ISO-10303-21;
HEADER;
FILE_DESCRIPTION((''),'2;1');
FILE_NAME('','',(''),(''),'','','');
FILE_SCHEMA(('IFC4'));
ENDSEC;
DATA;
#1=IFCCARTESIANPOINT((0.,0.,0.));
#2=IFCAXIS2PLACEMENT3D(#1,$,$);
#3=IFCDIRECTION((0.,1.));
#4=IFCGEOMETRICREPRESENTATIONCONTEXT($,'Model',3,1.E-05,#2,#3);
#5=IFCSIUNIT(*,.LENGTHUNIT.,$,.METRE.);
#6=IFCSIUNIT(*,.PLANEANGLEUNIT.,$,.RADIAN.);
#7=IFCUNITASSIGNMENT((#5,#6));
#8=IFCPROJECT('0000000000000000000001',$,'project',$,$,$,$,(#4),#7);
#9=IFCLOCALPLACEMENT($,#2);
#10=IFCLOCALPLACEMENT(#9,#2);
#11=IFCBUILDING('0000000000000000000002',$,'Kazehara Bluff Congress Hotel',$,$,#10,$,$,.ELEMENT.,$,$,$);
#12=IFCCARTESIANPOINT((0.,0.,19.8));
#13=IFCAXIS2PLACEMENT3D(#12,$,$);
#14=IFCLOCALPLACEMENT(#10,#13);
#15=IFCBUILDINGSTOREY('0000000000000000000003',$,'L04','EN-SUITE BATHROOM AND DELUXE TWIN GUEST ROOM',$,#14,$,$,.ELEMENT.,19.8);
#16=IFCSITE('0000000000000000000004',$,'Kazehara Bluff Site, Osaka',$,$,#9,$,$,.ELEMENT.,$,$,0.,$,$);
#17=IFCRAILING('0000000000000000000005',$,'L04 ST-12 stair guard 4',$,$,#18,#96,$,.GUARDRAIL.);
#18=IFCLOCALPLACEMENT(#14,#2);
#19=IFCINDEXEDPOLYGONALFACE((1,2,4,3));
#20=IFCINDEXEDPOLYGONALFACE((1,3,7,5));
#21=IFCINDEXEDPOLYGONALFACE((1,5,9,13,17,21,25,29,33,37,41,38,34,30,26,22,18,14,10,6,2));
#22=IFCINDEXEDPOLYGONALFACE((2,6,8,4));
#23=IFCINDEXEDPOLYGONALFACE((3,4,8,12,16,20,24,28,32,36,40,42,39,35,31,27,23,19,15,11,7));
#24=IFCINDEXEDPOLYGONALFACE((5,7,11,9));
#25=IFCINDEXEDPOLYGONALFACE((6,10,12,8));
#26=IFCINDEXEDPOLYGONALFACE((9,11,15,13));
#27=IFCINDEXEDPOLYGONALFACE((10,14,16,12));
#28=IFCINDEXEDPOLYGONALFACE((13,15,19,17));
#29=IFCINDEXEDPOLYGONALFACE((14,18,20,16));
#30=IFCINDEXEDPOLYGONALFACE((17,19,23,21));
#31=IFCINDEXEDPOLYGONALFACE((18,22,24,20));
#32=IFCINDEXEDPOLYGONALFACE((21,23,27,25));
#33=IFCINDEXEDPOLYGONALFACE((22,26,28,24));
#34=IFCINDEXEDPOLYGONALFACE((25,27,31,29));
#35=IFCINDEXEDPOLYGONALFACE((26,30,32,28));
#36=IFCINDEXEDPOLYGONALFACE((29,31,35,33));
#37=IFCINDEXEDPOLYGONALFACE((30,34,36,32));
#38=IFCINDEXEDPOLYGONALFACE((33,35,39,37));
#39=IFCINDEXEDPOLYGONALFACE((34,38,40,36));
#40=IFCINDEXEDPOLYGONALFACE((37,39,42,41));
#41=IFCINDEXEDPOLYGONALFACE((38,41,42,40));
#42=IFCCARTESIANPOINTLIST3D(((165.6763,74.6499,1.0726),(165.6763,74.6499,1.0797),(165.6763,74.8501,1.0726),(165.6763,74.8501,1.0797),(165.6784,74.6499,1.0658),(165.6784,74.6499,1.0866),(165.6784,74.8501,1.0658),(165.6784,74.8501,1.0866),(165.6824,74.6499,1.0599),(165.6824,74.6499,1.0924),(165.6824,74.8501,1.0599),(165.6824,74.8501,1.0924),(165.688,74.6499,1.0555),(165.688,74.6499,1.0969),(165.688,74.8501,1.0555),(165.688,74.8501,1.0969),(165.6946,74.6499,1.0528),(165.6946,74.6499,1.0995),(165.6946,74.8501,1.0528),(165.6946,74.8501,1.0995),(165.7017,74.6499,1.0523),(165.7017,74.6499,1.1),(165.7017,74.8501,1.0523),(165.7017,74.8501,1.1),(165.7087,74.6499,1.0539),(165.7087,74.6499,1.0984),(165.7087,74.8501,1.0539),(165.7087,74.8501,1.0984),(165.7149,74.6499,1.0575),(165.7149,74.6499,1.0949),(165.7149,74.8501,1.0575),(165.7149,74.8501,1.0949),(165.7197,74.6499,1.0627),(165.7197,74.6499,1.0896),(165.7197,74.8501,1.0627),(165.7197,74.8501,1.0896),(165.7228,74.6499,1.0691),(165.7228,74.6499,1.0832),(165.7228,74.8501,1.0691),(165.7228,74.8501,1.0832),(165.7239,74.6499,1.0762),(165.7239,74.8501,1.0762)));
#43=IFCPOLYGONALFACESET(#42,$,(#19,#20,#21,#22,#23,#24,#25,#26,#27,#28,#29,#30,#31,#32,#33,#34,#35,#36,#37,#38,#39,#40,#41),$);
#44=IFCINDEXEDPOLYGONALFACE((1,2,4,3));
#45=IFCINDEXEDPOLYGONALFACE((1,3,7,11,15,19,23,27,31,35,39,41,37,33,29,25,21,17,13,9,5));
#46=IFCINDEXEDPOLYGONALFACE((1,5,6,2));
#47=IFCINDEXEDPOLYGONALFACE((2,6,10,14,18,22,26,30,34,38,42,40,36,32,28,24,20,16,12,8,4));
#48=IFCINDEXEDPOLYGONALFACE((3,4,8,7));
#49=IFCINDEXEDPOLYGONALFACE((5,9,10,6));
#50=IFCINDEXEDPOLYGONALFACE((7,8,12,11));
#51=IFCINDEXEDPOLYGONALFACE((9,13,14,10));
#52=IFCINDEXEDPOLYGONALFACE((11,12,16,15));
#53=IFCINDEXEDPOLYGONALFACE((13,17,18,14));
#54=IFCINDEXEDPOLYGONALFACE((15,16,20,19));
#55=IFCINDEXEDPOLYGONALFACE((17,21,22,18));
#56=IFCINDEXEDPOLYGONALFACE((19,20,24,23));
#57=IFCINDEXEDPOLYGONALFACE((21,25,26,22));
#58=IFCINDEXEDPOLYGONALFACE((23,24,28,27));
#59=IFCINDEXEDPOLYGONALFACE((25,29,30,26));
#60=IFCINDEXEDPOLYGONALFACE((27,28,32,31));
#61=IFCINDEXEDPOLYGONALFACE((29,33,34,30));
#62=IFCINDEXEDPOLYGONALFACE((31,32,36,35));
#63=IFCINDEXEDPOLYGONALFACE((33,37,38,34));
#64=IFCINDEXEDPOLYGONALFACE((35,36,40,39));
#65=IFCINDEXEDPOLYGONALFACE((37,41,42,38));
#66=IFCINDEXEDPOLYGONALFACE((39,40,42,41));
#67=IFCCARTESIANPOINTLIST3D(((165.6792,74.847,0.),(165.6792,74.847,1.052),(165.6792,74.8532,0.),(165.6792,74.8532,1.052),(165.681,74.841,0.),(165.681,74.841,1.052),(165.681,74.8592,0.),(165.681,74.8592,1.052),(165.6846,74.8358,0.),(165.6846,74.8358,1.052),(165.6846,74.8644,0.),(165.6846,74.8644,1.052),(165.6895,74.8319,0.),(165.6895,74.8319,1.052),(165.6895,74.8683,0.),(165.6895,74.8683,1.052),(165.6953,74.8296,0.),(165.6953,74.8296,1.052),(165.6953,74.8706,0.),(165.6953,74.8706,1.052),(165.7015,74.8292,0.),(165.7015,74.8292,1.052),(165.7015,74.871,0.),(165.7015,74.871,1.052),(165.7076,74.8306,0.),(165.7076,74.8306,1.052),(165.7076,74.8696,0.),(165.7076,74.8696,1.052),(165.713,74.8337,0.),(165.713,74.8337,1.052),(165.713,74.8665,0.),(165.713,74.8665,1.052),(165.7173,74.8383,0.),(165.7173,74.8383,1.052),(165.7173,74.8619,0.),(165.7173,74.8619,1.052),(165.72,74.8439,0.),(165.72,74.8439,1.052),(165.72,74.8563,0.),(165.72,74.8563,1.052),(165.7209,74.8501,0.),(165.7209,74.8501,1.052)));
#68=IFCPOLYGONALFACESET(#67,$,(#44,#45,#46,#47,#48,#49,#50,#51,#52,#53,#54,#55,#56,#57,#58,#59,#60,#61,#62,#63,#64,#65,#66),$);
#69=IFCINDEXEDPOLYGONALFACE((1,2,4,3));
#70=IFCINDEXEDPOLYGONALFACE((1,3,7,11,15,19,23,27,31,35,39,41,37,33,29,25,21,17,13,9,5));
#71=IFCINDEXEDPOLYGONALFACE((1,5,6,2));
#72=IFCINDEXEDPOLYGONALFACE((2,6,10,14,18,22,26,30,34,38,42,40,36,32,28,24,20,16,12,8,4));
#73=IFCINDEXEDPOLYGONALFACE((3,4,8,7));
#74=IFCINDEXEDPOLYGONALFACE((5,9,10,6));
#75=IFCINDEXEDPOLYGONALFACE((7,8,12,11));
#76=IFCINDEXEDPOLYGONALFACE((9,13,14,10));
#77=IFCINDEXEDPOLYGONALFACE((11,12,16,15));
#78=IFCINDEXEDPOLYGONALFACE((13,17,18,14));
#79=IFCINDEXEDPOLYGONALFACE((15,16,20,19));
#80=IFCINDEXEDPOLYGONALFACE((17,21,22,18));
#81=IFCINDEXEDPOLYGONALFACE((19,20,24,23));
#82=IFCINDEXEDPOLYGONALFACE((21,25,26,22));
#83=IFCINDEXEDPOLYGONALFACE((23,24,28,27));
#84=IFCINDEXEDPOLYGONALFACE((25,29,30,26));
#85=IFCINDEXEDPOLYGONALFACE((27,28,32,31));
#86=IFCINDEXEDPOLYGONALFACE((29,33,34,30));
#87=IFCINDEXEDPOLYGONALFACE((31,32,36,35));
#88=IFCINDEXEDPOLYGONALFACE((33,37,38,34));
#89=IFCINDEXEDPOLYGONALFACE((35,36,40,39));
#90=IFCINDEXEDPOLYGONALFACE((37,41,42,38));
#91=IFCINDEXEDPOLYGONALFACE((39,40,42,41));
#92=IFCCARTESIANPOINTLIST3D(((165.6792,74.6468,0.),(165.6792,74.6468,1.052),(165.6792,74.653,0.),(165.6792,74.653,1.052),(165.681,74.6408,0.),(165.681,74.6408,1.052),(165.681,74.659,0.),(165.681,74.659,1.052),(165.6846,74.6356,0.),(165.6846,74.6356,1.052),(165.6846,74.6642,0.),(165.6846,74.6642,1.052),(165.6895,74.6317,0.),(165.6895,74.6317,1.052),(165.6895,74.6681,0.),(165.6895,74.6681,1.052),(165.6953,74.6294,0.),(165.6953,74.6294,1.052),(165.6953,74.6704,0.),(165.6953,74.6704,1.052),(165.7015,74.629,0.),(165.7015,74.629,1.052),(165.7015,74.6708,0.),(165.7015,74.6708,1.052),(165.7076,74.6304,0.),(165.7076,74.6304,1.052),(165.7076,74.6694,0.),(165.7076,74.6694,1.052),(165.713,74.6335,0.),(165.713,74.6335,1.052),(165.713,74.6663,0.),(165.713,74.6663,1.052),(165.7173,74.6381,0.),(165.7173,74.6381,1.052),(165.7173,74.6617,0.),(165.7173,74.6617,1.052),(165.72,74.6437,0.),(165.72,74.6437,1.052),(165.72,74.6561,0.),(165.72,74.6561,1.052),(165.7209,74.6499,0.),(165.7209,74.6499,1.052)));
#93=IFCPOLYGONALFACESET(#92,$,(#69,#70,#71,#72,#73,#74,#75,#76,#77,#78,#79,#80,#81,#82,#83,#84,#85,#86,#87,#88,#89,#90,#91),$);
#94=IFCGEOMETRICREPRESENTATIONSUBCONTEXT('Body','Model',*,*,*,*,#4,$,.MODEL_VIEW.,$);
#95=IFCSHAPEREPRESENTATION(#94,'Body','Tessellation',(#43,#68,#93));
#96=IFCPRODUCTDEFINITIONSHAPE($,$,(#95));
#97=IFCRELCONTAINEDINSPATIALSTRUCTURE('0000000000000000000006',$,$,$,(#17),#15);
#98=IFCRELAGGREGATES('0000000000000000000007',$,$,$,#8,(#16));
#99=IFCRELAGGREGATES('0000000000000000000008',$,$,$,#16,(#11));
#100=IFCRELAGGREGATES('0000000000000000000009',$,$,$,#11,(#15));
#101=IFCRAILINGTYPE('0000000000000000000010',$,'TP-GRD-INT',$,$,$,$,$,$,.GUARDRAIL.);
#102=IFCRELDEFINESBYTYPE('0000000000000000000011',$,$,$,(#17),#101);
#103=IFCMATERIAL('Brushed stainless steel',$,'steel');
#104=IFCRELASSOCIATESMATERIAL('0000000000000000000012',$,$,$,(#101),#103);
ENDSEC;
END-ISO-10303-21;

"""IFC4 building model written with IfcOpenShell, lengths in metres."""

from ifc_helpers import new_model, si_unit, direction, frame, origin, origin_2d, place, context, subcontext, project, spatial, circle, extrude, material, type_object, element, save


model = new_model("IFC4")

# Units and contexts
model_context = context("Model", 3, precision=1e-05, world=origin(), true_north=direction((0.0, 1.0)))
body_context = subcontext(model_context, "Body", "Model", "MODEL_VIEW")
ifc_project = project(units=[si_unit("LENGTHUNIT", "METRE"), si_unit("PLANEANGLEUNIT", "RADIAN")], contexts=[model_context])

# Site, building, storey
site_placement = place(None, origin())
site = spatial("IfcSite", under=ifc_project, at=site_placement, Name="Kazehara Bluff Site, Osaka", CompositionType="ELEMENT", RefElevation=0.0)
building_placement = place(site_placement, origin())
building = spatial("IfcBuilding", under=site, at=building_placement, Name="Kazehara Bluff Congress Hotel", CompositionType="ELEMENT")
storey_placement = place(building_placement, frame((0.0, 0.0, 19.8)))
storey = spatial("IfcBuildingStorey", under=building, at=storey_placement, Name="L04", Description="EN-SUITE BATHROOM AND DELUXE TWIN GUEST ROOM", CompositionType="ELEMENT", Elevation=19.8)

# Railing
ifc_material_1 = material(Name="Brushed stainless steel", Category="steel")
railing_type_1 = type_object("IfcRailingType", Name="TP-GRD-INT", PredefinedType="GUARDRAIL", material=ifc_material_1)
railing_1_placement = place(storey_placement, frame((165.7, 74.8501, 0.0)))
element("IfcRailing", 1, at=railing_1_placement, inside=storey, type_object=railing_type_1, Name="L04 ST-12 stair guard 4", PredefinedType="GUARDRAIL", context=body_context, shape_type="SweptSolid", body=[
    extrude(circle(Radius=0.0239, at=origin_2d()), frame((0.0, 0.0, 1.0762), z_axis=(0.0, -1.0, 0.0), x_axis=(1.0, 0.0, 0.0)), (0.0, 0.0, 1.0), 0.2002),
    extrude(circle(Radius=0.021, at=origin_2d()), origin(), (0.0, 0.0, 1.0), 1.052),
    extrude(circle(Radius=0.021, at=origin_2d()), frame((0.0, -0.2002, 0.0)), (0.0, 0.0, 1.0), 1.052),
])

save(model, "model.ifc")
